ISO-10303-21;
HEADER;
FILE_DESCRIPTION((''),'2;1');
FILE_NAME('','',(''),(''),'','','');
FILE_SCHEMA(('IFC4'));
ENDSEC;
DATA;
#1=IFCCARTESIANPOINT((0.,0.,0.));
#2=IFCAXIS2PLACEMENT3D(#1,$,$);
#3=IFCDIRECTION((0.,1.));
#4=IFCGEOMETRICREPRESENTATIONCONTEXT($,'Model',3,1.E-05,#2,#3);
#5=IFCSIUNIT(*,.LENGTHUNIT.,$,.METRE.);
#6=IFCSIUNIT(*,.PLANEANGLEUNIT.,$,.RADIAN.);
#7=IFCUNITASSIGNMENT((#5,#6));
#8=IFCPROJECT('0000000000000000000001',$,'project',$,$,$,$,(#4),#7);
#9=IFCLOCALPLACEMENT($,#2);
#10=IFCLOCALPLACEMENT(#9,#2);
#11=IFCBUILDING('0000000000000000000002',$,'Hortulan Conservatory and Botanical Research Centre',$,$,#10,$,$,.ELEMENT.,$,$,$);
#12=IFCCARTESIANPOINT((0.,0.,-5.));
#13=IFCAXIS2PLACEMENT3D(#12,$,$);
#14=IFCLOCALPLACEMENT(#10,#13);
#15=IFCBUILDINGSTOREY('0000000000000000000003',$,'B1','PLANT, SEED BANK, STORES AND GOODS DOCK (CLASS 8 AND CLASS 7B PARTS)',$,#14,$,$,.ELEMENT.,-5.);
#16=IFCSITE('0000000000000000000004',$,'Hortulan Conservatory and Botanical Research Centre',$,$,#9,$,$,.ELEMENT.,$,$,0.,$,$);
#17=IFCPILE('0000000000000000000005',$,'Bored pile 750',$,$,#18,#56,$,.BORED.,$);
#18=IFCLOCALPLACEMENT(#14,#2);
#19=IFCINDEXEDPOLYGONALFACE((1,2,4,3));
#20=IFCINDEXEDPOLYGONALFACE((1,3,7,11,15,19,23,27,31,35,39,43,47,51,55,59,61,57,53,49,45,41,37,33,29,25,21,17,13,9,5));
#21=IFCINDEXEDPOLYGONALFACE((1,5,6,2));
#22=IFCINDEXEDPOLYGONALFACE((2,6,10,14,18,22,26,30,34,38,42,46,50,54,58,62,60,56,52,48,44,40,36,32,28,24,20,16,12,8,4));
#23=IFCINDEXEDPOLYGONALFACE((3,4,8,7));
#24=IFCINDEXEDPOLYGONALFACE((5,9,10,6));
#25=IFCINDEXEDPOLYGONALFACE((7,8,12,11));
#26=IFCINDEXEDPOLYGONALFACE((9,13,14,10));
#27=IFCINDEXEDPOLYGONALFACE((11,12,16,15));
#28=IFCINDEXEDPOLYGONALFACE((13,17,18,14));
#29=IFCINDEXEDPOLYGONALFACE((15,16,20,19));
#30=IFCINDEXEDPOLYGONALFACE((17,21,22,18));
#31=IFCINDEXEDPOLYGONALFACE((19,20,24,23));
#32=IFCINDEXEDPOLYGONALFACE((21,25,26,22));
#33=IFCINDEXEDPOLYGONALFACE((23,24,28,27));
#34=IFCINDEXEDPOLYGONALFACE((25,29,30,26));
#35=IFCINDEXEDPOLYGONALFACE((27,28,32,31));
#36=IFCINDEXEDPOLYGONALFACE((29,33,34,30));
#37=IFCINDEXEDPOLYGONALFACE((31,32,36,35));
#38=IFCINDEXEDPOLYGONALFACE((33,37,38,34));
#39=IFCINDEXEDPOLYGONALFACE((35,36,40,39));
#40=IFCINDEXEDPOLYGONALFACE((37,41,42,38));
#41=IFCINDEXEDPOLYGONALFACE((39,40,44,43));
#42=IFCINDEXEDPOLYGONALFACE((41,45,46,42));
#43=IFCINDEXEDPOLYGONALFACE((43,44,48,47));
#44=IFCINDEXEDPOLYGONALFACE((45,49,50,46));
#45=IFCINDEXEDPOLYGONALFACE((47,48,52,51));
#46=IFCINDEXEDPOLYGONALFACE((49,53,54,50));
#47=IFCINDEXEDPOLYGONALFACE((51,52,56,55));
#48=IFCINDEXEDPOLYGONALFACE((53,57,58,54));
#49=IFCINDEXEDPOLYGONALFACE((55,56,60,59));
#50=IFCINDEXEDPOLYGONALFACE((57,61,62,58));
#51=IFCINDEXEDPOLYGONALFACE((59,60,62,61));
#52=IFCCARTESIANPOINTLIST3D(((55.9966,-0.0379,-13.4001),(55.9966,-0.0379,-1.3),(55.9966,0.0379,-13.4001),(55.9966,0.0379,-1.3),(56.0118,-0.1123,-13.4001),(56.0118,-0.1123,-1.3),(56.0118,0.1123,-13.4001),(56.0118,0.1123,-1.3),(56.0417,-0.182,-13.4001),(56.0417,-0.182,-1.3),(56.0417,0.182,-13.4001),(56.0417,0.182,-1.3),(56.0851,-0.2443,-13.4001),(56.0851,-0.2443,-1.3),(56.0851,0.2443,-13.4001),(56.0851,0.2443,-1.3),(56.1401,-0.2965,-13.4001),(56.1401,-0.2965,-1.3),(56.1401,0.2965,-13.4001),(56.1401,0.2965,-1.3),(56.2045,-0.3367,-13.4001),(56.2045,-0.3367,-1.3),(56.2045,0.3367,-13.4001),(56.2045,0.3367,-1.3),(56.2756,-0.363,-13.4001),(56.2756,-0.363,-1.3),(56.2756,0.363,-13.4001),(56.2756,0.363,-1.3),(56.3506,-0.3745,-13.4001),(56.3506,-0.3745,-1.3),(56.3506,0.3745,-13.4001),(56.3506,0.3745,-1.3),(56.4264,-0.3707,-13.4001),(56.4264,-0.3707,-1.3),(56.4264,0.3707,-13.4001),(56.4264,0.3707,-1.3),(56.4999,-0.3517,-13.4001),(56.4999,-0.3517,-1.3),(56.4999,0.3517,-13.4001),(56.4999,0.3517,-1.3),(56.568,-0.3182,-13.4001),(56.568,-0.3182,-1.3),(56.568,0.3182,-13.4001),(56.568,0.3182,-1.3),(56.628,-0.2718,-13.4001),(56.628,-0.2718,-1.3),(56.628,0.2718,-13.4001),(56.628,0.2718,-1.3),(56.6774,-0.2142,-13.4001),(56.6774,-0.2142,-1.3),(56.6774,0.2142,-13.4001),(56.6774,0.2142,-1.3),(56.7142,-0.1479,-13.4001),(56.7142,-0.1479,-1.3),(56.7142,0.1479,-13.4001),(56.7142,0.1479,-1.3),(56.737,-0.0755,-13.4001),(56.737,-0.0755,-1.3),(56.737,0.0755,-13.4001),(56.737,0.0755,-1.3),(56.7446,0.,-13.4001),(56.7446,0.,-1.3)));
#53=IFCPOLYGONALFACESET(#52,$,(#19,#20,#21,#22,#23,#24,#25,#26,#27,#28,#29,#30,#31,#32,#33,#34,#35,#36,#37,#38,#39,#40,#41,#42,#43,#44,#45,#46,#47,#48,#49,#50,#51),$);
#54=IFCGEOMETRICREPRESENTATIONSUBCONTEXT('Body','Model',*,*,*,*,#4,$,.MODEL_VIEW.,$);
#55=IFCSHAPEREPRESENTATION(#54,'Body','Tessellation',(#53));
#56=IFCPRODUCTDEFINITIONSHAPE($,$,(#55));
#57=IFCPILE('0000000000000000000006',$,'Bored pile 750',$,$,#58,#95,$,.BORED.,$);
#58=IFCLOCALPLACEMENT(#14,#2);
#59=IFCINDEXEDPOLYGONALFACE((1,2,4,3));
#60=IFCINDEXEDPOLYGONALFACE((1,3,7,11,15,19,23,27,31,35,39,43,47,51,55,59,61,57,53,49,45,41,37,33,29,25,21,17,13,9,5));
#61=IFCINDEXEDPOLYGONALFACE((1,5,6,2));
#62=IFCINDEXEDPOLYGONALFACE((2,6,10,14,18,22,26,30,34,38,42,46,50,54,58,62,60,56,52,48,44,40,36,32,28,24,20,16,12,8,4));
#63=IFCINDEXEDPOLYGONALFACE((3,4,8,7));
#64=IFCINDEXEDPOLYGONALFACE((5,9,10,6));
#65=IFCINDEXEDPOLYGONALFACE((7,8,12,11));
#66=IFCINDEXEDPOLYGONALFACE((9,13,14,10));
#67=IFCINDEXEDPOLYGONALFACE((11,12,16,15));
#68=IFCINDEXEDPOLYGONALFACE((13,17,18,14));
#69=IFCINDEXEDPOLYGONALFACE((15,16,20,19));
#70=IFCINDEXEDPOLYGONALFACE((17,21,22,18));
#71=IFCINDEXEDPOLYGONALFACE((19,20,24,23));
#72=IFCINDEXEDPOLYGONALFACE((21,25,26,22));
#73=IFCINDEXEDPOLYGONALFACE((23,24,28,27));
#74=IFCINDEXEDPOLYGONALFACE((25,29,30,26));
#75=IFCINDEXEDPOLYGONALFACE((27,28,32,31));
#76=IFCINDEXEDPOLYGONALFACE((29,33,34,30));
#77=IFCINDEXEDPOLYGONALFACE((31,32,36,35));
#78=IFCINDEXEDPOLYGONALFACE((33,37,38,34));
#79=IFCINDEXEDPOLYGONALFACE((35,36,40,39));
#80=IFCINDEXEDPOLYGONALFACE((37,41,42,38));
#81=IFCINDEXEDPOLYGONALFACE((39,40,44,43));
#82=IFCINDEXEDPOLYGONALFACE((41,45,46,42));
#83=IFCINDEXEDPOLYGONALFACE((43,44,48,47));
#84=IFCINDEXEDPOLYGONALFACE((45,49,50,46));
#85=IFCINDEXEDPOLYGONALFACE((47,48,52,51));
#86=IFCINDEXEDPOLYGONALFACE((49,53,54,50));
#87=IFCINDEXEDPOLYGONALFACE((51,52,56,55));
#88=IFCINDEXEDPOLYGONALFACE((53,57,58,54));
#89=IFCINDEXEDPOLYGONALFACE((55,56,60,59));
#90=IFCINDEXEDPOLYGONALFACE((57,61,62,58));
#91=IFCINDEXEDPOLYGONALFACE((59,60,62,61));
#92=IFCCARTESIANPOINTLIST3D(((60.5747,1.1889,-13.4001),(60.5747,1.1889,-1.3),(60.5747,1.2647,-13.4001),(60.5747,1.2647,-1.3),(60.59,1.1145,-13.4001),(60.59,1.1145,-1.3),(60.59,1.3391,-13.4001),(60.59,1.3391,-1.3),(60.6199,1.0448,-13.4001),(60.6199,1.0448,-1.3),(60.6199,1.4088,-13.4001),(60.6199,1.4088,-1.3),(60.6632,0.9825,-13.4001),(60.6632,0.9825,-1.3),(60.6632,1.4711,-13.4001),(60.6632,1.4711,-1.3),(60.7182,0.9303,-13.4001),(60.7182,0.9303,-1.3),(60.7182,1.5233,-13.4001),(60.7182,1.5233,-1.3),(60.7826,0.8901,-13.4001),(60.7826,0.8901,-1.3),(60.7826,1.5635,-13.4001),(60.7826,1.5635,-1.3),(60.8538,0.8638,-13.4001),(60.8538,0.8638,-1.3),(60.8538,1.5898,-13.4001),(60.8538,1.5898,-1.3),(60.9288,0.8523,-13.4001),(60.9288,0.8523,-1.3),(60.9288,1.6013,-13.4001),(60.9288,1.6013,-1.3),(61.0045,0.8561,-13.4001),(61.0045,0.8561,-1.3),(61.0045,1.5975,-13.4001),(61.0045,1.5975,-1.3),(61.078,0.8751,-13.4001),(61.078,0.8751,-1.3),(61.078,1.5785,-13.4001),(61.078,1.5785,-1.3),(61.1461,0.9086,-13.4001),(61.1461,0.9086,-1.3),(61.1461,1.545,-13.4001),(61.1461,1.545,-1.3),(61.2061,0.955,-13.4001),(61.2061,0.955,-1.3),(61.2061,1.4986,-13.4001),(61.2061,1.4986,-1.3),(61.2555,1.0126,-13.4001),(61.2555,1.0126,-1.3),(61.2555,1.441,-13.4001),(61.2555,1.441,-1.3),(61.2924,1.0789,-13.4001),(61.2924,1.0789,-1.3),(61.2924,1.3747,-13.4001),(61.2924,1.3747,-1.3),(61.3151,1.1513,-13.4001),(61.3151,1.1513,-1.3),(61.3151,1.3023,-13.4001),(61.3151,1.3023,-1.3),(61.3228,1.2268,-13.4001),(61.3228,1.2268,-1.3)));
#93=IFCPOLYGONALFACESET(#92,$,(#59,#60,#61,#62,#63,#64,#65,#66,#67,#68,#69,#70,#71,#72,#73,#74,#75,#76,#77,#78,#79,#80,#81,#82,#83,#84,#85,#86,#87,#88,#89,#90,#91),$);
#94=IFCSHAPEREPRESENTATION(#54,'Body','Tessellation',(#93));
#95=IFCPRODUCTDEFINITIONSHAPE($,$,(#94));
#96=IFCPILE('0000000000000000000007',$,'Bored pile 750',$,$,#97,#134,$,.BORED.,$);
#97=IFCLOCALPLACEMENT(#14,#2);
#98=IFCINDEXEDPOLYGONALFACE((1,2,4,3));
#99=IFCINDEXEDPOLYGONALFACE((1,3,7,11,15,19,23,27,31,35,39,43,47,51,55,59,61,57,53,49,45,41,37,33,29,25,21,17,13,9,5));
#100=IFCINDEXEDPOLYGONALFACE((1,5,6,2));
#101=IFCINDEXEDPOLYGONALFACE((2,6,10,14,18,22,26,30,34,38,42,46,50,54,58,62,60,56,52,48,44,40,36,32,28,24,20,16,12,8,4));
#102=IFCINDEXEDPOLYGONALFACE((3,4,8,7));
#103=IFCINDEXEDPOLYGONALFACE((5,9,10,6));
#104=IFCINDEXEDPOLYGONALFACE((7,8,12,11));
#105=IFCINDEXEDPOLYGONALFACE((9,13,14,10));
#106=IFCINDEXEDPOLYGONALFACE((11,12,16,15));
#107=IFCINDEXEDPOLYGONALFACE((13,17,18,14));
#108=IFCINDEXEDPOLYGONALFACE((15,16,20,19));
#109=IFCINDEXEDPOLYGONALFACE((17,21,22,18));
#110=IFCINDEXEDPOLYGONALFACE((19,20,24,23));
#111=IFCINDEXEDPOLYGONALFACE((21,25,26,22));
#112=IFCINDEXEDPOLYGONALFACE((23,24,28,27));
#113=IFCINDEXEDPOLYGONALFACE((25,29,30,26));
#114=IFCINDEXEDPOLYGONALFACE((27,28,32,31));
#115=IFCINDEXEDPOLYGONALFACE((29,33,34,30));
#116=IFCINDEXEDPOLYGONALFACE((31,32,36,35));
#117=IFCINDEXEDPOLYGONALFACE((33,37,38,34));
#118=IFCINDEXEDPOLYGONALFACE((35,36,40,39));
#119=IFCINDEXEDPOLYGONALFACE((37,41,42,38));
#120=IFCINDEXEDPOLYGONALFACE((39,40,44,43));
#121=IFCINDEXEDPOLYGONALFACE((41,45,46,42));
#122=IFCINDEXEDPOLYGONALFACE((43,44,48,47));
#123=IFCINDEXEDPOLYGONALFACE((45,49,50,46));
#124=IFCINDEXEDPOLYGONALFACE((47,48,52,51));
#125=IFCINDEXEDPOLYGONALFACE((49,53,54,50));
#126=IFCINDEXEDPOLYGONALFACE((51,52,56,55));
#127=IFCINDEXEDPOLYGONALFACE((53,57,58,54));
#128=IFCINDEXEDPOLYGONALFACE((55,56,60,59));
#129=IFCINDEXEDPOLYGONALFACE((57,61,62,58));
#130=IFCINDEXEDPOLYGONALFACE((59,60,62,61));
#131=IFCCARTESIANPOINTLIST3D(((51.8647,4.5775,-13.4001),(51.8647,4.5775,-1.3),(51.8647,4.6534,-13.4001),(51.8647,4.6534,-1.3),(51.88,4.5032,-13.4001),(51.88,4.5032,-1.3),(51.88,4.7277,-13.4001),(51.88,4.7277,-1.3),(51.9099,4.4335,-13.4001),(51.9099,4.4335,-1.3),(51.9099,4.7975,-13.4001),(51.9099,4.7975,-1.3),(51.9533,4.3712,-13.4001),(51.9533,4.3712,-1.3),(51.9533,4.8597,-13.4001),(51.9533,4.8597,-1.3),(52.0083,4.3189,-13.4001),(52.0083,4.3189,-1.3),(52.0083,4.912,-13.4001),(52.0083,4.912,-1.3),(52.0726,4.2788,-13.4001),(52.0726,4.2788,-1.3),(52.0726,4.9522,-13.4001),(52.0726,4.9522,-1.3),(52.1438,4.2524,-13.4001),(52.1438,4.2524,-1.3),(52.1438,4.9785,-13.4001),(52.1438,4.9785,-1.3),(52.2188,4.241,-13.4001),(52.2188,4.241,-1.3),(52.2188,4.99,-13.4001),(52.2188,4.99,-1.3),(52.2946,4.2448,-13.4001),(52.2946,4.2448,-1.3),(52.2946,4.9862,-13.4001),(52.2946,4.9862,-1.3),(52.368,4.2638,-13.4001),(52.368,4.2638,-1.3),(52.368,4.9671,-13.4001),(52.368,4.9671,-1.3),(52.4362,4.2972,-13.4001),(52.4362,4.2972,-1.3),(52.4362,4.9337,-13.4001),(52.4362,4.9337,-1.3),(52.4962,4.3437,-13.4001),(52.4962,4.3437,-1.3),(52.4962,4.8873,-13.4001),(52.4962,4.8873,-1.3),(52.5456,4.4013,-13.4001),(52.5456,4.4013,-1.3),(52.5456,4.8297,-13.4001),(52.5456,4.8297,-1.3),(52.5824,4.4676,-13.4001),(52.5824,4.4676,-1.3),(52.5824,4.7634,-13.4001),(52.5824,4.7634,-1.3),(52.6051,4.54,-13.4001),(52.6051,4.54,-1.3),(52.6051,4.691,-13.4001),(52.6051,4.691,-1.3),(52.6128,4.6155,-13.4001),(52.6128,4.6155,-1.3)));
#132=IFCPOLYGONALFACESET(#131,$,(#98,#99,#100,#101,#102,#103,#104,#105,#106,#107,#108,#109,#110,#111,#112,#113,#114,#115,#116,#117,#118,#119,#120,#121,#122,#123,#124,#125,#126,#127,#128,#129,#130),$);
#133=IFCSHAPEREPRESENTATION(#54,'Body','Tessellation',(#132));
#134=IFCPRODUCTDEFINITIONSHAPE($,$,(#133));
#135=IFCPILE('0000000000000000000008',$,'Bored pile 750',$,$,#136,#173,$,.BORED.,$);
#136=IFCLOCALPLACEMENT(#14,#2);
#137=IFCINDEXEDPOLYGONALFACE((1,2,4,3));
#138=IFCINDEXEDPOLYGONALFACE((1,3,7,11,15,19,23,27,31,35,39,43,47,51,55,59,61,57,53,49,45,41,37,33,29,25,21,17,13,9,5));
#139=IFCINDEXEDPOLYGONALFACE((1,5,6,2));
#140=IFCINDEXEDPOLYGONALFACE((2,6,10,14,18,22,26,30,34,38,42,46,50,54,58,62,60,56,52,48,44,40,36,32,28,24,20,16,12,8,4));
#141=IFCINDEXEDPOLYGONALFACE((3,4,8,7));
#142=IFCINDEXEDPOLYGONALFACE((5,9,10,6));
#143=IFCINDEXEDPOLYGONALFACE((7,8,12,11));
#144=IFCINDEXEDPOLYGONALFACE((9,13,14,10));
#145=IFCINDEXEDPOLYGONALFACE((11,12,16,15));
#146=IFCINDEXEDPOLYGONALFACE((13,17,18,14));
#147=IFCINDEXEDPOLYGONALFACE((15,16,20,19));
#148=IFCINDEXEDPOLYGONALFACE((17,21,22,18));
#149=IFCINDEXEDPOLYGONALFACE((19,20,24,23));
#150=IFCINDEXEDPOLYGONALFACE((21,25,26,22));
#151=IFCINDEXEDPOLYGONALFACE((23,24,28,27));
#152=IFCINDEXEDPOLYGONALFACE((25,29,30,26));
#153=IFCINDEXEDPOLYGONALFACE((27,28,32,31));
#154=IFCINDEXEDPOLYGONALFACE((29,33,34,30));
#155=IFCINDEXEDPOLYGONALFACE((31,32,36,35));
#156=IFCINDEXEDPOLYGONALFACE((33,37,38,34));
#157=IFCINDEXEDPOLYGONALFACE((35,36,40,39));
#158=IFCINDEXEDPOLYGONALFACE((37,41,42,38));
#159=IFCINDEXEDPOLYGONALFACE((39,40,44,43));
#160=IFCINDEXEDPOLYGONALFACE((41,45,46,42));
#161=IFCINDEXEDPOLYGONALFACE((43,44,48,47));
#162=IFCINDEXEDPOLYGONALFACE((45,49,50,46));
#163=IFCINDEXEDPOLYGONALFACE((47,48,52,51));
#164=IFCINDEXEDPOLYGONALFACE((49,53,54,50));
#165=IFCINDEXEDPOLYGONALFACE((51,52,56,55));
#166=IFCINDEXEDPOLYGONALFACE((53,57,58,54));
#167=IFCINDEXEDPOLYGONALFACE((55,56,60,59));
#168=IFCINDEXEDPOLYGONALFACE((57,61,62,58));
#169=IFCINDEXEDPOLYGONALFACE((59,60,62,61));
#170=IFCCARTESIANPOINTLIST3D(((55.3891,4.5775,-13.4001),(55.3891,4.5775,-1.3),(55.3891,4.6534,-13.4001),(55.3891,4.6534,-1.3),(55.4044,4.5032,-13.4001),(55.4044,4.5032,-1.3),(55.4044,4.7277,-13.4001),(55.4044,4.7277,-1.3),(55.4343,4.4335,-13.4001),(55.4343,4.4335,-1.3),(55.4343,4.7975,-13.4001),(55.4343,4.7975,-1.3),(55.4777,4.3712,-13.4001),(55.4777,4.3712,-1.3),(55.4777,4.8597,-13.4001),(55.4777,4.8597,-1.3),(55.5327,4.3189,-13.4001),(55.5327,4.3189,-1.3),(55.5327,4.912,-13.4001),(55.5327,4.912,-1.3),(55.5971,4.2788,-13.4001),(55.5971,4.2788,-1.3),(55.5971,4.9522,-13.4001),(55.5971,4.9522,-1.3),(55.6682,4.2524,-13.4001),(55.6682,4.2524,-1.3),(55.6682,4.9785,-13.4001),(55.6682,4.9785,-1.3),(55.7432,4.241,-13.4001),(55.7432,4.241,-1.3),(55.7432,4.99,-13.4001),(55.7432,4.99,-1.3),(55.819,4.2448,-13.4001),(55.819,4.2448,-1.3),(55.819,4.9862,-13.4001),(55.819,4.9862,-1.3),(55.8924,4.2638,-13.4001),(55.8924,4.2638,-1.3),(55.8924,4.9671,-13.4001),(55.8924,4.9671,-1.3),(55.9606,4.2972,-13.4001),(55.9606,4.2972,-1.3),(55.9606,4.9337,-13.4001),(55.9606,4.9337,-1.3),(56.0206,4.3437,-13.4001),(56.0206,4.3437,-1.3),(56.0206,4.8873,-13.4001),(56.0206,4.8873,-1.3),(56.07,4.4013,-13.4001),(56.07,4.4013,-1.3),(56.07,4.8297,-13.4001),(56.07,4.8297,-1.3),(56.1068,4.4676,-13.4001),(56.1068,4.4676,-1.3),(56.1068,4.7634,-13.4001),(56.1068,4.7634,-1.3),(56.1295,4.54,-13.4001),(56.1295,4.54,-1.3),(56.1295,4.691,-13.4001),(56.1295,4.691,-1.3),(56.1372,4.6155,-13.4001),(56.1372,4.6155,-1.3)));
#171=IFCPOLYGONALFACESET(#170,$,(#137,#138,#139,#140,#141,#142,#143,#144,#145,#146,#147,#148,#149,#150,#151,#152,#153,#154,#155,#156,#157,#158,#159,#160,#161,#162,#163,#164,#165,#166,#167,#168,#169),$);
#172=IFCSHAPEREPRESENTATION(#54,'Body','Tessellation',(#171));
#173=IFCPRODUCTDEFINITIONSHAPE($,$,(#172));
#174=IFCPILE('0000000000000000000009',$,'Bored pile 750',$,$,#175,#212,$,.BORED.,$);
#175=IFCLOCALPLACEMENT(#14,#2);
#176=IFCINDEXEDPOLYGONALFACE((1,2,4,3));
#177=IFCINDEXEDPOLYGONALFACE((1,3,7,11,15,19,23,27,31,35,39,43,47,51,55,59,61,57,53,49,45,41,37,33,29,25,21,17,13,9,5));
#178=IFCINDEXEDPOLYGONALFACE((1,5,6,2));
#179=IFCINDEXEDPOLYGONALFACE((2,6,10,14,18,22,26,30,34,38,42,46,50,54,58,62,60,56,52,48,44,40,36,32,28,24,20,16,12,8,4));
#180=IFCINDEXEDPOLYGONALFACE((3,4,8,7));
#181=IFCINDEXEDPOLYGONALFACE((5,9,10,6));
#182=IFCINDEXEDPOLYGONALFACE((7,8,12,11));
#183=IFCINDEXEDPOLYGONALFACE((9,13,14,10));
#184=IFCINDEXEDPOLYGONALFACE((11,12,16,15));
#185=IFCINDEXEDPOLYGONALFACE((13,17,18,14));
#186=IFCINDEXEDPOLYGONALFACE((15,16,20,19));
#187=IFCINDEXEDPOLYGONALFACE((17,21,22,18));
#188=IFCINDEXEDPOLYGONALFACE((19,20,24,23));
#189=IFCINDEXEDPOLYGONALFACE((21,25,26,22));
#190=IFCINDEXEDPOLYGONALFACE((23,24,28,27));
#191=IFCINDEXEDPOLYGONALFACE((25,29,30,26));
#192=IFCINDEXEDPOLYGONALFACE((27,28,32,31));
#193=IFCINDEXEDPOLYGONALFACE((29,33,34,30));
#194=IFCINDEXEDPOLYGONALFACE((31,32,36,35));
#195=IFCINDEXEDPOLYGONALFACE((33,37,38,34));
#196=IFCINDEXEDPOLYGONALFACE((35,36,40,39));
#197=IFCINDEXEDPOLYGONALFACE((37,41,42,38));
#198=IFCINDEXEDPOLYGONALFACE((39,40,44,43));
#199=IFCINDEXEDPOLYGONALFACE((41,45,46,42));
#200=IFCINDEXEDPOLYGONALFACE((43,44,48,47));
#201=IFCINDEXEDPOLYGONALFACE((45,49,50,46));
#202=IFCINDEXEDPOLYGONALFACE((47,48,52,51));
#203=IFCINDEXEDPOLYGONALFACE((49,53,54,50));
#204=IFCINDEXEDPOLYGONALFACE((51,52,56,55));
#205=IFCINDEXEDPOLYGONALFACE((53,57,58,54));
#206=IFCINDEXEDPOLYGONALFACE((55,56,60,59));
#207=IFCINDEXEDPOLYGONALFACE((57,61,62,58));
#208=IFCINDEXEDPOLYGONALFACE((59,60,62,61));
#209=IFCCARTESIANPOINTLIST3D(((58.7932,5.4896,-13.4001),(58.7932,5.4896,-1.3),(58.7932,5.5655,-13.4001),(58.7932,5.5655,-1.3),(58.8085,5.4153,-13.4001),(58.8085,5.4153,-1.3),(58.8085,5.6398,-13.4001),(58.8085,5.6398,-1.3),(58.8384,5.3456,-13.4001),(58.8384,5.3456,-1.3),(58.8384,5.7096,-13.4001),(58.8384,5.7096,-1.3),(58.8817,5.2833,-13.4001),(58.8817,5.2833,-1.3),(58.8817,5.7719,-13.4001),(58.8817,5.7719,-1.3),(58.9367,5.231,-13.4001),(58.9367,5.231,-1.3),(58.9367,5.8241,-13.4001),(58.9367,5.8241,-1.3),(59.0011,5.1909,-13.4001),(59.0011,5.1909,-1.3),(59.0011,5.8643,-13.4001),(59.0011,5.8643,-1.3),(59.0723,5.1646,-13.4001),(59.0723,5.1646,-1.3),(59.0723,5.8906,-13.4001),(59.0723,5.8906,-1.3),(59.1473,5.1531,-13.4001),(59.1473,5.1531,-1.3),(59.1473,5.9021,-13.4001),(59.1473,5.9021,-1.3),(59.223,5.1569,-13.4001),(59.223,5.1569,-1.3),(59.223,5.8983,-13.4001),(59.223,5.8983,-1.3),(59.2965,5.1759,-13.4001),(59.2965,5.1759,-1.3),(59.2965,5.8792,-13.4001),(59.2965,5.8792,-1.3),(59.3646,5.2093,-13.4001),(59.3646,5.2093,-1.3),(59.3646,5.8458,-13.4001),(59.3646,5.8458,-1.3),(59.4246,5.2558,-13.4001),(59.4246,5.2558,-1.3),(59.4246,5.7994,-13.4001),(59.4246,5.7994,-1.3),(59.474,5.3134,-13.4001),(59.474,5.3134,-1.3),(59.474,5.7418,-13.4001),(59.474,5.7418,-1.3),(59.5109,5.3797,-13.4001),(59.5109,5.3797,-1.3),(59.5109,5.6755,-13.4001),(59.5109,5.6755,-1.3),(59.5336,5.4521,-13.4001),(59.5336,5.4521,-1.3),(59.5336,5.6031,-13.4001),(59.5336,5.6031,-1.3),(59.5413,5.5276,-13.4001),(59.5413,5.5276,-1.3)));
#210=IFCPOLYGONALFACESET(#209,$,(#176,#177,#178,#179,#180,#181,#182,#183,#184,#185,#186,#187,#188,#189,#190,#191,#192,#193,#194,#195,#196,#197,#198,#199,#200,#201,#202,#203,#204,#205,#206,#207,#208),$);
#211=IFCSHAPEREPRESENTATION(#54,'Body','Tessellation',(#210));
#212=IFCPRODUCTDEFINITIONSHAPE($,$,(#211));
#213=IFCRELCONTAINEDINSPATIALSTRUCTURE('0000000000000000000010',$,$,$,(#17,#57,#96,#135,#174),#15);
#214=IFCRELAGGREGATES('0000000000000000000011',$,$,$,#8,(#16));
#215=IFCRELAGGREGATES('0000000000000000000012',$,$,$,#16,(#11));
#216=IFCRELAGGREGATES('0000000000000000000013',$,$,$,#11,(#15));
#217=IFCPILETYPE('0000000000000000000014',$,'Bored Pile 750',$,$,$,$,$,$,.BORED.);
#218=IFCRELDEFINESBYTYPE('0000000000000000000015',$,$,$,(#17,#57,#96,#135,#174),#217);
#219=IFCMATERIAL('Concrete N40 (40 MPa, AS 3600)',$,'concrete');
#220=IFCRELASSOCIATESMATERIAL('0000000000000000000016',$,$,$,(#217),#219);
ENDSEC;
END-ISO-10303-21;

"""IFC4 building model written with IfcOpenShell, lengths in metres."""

from ifc_helpers import new_model, si_unit, direction, frame, origin, origin_2d, place, context, subcontext, project, spatial, circle, extrude, material, material_profile, profile_set, type_object, element, save


model = new_model("IFC4")

# Units and contexts
model_context = context("Model", 3, precision=1e-05, world=origin(), true_north=direction((0.0, 1.0)))
body_context = subcontext(model_context, "Body", "Model", "MODEL_VIEW")
ifc_project = project(units=[si_unit("LENGTHUNIT", "METRE"), si_unit("PLANEANGLEUNIT", "RADIAN")], contexts=[model_context])

# Site, building, storey
site_placement = place(None, origin())
site = spatial("IfcSite", under=ifc_project, at=site_placement, Name="Hortulan Conservatory and Botanical Research Centre", CompositionType="ELEMENT", RefElevation=0.0)
building_placement = place(site_placement, origin())
building = spatial("IfcBuilding", under=site, at=building_placement, Name="Hortulan Conservatory and Botanical Research Centre", CompositionType="ELEMENT")
storey_placement = place(building_placement, frame((0.0, 0.0, -5.0)))
storey = spatial("IfcBuildingStorey", under=building, at=storey_placement, Name="B1", Description="PLANT, SEED BANK, STORES AND GOODS DOCK (CLASS 8 AND CLASS 7B PARTS)", CompositionType="ELEMENT", Elevation=-5.0)

# Piles
ifc_material_1 = material(Name="Concrete N40 (40 MPa, AS 3600)", Category="concrete")
ifc_material_profile_1 = material_profile(ifc_material_1, circle(Radius=0.375, at=origin_2d()), Name="Bored pile 750 diameter")
ifc_profile_set_1 = profile_set([ifc_material_profile_1], Name="Concrete N40 (40 MPa, AS 3600)")
pile_type = type_object("IfcPileType", Name="Bored Pile 750", PredefinedType="BORED", material=ifc_profile_set_1)
for number, where, z_axis, x_axis, name in (
    (1, (56.3696, 0.0, -1.3), (0.0, 0.0, -1.0), (1.0, 0.0, 0.0), "Bored pile 750"),
    (2, (60.9478, 1.2268, -1.3), (0.0, 0.0, -1.0), (1.0, 0.0, 0.0), "Bored pile 750"),
    (3, (52.2378, 4.6155, -1.3), (0.0, 0.0, -1.0), (1.0, 0.0, 0.0), "Bored pile 750"),
    (4, (55.7622, 4.6155, -1.3), (0.0, 0.0, -1.0), (1.0, 0.0, 0.0), "Bored pile 750"),
    (5, (59.1663, 5.5276, -1.3), (0.0, 0.0, -1.0), (1.0, 0.0, 0.0), "Bored pile 750"),
):
    element("IfcPile", number, at=place(storey_placement, frame(where, z_axis=z_axis, x_axis=x_axis)), inside=storey, type_object=pile_type, Name=name, PredefinedType="BORED", context=body_context, shape_type="SweptSolid", body=[
        extrude(circle(Radius=0.375, at=origin_2d()), origin(), (0.0, 0.0, 1.0), 12.1001),
    ])

save(model, "model.ifc")
